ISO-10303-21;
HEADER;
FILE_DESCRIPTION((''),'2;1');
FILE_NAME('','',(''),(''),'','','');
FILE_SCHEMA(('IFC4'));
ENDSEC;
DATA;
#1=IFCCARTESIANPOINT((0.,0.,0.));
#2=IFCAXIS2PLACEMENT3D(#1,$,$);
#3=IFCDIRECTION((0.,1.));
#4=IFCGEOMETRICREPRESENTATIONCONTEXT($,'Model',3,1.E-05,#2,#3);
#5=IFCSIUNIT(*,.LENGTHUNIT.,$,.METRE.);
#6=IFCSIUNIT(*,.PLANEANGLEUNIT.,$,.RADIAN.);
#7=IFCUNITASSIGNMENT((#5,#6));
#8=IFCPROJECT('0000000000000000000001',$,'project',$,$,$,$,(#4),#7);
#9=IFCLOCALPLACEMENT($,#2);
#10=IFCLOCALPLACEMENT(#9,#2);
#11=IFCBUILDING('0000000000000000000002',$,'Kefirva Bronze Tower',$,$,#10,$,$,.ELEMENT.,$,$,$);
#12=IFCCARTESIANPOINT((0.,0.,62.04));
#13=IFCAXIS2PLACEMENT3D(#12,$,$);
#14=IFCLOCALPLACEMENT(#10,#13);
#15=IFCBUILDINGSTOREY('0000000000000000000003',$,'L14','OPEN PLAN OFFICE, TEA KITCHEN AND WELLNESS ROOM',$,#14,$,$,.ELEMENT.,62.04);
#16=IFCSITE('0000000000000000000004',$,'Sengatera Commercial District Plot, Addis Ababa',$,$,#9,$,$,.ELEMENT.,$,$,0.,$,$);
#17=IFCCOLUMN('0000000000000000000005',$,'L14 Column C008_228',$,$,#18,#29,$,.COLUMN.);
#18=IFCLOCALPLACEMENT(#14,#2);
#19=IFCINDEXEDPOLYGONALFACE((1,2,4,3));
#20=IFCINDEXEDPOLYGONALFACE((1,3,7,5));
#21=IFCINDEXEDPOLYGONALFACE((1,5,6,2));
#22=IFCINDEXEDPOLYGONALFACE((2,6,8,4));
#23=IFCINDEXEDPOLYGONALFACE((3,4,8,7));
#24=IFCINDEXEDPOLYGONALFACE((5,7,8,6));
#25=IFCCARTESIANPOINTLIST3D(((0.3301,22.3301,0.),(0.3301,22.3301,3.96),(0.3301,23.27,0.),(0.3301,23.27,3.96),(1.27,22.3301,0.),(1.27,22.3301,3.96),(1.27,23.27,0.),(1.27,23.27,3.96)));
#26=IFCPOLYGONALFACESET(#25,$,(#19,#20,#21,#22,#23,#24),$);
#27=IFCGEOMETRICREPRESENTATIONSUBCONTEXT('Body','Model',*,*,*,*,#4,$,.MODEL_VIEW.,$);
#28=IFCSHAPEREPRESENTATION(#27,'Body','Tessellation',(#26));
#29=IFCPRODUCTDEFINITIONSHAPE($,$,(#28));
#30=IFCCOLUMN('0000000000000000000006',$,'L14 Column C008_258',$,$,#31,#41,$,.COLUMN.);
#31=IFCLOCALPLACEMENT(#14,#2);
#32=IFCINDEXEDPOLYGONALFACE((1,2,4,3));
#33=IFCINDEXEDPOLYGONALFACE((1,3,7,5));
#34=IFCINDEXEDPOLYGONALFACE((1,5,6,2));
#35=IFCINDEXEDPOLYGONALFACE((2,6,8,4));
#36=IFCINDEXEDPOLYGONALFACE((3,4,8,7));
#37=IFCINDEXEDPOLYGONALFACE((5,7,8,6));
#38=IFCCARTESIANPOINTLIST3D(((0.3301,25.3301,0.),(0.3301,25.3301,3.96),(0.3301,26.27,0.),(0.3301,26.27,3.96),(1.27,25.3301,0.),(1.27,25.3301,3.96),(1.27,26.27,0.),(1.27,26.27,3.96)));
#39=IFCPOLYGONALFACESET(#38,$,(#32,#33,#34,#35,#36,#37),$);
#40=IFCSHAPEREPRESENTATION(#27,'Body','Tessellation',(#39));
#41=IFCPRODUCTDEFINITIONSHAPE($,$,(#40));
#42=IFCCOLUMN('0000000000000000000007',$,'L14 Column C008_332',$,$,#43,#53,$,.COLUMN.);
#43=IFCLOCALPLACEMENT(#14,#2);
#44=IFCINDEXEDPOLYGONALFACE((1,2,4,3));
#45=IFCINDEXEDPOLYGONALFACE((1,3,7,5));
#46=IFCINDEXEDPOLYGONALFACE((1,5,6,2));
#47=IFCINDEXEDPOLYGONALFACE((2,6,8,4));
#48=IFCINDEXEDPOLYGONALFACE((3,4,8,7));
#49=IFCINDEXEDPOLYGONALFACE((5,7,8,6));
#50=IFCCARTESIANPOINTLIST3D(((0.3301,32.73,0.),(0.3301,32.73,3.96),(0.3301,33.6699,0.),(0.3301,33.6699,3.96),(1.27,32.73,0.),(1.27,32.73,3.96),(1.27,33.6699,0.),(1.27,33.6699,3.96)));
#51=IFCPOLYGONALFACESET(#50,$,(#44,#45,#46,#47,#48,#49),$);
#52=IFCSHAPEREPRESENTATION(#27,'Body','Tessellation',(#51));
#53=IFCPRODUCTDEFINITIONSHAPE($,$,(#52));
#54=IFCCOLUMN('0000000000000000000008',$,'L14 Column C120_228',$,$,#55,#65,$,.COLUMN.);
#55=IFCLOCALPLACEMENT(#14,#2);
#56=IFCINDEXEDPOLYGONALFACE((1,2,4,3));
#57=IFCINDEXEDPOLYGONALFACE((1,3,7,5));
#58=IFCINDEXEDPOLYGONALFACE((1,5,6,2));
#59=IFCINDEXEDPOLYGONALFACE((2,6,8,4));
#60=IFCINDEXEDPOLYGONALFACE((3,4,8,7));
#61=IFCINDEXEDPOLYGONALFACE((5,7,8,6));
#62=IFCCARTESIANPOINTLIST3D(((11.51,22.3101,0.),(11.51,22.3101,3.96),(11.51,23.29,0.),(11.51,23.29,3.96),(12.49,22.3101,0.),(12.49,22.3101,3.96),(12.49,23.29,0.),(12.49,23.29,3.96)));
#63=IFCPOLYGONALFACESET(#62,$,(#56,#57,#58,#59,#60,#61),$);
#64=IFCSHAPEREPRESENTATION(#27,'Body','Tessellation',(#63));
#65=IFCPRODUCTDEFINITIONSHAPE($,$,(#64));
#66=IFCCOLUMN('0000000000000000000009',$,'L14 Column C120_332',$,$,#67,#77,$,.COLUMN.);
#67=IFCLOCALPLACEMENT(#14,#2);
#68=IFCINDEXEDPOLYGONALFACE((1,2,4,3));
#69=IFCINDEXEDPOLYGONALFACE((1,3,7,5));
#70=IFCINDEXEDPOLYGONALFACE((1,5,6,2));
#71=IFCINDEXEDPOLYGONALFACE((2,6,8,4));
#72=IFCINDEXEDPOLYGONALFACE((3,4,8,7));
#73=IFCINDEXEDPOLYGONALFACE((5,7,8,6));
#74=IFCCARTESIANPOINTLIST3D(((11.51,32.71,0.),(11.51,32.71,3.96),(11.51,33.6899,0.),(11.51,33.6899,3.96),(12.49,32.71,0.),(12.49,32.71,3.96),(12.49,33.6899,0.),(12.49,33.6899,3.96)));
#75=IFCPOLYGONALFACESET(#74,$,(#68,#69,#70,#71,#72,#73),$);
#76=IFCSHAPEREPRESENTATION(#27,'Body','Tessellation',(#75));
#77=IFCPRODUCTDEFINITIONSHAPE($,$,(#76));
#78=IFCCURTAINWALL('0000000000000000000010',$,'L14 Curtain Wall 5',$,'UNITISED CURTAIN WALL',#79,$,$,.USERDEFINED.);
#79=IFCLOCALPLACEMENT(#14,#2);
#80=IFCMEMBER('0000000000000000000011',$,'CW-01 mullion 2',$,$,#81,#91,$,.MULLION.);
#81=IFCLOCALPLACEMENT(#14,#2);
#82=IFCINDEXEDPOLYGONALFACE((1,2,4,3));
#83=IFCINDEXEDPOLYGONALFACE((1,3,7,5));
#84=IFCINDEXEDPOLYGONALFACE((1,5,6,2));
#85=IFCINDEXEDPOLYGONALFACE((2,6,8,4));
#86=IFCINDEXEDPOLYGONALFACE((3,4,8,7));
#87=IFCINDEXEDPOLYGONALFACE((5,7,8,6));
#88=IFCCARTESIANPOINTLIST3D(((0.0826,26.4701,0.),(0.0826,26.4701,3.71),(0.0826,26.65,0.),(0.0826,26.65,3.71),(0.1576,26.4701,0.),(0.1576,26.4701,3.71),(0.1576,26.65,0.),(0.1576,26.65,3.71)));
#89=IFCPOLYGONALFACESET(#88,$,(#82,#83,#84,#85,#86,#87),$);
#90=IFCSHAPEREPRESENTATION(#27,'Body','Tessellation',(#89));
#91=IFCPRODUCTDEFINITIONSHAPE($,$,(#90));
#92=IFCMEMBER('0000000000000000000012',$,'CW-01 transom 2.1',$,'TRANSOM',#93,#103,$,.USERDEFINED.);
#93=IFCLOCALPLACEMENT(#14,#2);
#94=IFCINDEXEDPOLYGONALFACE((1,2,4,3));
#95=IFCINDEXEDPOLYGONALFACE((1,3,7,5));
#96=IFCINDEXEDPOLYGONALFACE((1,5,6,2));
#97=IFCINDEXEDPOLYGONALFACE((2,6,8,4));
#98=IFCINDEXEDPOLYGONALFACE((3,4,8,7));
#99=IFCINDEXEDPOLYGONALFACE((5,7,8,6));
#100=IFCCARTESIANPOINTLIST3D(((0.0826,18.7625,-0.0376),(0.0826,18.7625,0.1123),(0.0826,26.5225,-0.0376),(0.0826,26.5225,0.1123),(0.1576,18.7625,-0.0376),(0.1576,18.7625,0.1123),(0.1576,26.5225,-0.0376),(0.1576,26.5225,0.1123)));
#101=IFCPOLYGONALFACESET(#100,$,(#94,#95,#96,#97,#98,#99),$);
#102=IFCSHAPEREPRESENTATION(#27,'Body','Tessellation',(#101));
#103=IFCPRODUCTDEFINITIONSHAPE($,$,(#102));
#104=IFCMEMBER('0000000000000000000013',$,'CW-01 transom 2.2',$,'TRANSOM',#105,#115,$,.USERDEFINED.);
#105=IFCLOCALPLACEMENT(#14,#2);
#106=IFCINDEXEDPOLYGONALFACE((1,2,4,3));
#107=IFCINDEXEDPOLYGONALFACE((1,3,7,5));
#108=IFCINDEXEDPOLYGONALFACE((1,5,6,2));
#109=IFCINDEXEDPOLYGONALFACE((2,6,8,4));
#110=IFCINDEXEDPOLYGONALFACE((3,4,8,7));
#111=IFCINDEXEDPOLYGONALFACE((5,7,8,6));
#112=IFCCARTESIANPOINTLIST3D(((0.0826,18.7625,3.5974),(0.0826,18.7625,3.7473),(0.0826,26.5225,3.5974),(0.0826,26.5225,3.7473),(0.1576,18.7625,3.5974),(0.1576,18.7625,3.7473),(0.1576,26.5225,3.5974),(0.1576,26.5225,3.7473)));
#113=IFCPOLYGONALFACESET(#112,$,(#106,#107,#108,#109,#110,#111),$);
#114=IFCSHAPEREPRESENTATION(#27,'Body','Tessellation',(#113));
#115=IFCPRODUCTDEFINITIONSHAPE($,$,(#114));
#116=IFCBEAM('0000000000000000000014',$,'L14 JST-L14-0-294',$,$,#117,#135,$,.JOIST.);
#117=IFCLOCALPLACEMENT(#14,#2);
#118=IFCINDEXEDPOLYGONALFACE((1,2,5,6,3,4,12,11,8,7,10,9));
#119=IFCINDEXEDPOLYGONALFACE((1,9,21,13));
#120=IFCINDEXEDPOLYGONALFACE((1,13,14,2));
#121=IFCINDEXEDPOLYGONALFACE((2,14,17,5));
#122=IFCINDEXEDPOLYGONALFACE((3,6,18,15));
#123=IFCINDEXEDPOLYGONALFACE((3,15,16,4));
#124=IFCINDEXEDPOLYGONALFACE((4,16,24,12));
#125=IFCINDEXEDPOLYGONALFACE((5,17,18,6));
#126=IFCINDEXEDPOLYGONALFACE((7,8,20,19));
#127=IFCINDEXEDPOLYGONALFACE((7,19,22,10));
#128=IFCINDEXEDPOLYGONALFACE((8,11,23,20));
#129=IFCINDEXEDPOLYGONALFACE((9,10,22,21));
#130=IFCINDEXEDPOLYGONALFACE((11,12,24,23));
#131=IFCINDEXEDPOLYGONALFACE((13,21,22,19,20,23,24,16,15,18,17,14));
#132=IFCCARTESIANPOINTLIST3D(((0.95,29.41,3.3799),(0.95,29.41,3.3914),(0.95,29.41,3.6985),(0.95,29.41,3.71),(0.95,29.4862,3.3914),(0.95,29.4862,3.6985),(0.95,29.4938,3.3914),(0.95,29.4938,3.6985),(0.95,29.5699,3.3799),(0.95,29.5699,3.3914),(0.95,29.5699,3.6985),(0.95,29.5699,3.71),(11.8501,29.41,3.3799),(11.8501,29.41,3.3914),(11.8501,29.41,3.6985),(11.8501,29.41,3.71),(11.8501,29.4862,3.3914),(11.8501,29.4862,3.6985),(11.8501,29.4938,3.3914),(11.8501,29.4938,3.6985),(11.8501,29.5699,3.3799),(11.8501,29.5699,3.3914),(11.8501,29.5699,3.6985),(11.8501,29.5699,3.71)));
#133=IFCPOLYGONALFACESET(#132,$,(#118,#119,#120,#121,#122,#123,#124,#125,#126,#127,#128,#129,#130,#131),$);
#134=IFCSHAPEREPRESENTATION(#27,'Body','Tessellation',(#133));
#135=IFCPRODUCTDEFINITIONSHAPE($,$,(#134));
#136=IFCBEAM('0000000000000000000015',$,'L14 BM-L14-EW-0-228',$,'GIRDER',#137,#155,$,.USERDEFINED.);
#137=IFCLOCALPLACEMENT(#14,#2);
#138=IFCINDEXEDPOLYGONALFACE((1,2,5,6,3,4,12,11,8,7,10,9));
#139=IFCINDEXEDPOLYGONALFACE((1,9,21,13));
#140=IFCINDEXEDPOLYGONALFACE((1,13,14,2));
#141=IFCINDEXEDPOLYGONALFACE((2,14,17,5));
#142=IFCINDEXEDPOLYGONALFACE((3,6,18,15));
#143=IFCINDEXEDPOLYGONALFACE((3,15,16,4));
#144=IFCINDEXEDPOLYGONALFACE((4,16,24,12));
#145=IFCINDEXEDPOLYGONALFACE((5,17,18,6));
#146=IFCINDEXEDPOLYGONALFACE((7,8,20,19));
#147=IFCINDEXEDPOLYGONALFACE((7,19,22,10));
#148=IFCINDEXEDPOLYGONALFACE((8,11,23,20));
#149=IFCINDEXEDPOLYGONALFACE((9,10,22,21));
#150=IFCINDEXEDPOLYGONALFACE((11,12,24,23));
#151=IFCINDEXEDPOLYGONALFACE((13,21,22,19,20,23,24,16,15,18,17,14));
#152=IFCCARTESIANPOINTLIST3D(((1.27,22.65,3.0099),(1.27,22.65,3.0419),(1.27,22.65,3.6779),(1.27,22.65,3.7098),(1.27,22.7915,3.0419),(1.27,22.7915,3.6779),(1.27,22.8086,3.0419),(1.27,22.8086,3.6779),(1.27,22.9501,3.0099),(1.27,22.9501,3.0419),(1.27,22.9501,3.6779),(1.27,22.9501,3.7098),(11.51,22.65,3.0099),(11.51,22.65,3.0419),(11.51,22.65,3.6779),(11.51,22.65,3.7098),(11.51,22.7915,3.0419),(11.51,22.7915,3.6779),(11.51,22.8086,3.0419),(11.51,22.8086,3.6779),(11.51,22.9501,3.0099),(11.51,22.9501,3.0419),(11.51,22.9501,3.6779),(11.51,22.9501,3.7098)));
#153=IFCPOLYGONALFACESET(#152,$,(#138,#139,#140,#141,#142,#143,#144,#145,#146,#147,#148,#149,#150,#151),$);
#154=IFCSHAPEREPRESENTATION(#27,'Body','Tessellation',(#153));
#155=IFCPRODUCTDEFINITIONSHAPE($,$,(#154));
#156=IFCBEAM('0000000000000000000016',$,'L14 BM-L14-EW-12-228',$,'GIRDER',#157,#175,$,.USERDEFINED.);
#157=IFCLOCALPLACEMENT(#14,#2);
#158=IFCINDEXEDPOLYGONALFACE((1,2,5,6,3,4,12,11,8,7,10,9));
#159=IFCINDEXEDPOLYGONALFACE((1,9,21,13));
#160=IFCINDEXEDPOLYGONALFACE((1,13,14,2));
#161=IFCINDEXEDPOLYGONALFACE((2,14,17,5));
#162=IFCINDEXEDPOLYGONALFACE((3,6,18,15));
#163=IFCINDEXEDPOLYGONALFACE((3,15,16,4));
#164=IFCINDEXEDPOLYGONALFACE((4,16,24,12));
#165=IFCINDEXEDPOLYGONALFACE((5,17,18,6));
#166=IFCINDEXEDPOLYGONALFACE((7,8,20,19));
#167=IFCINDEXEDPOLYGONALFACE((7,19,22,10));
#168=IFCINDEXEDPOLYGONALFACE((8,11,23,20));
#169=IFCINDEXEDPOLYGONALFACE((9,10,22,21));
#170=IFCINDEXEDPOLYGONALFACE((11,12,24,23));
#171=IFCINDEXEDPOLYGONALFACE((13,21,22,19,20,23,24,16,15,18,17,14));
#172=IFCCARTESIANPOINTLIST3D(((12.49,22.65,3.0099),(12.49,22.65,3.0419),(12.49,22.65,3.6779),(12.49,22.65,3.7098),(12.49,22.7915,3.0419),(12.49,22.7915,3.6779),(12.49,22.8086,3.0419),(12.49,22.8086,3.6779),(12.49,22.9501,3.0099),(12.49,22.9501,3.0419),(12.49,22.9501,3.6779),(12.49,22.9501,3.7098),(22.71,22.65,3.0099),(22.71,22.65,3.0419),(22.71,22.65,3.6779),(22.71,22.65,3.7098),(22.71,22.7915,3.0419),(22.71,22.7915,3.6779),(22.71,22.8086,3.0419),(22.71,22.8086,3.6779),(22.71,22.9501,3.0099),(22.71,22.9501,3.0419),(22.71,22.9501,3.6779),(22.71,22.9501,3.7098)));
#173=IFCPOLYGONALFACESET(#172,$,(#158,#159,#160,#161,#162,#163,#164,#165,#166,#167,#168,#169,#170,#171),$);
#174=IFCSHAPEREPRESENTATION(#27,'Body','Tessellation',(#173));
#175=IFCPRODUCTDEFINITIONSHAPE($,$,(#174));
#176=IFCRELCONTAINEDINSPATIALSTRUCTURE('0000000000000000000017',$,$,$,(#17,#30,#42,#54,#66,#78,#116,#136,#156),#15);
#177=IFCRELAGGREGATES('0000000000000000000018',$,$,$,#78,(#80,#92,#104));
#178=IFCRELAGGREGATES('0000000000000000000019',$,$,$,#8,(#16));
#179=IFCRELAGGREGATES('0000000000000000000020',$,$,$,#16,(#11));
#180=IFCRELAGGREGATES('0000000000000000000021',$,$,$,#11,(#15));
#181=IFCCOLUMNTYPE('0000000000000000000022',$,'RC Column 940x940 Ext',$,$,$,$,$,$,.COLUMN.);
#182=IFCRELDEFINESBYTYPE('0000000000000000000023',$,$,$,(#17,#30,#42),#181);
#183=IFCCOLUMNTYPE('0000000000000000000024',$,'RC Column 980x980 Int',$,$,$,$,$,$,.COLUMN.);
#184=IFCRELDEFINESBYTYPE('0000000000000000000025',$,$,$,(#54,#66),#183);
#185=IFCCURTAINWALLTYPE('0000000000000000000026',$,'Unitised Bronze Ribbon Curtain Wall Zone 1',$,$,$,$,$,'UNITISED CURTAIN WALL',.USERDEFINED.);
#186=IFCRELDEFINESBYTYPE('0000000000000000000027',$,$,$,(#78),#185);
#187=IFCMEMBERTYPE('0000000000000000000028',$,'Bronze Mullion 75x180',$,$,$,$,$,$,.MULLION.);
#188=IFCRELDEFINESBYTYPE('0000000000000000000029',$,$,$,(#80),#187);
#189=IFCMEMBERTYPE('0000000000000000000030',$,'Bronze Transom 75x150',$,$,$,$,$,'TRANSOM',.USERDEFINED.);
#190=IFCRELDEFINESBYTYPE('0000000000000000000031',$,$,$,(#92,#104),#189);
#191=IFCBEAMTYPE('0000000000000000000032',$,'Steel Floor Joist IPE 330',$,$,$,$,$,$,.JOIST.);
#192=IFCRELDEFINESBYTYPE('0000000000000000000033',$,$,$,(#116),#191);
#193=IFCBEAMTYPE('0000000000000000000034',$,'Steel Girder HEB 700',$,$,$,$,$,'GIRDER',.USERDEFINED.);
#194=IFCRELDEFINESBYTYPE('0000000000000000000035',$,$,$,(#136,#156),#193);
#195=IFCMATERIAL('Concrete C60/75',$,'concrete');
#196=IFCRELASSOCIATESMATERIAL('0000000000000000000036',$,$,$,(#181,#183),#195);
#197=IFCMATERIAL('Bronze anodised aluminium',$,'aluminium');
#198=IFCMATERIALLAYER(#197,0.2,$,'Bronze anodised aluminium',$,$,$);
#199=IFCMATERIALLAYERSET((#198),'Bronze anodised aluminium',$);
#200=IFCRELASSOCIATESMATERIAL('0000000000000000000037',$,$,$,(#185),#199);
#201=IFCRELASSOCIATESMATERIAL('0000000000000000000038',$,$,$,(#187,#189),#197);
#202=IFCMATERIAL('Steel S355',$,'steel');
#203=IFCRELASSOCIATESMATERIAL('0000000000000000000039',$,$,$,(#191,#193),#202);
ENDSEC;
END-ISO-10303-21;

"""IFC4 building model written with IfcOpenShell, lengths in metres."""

from ifc_helpers import new_model, si_unit, direction, frame, origin, origin_2d, place, context, subcontext, project, spatial, rectangle, i_section, extrude, material, layer, layer_set, material_profile, profile_set, type_object, element, aggregate, save


model = new_model("IFC4")

# Units and contexts
model_context = context("Model", 3, precision=1e-05, world=origin(), true_north=direction((0.0, 1.0)))
body_context = subcontext(model_context, "Body", "Model", "MODEL_VIEW")
ifc_project = project(units=[si_unit("LENGTHUNIT", "METRE"), si_unit("PLANEANGLEUNIT", "RADIAN")], contexts=[model_context])

# Site, building, storey
site_placement = place(None, origin())
site = spatial("IfcSite", under=ifc_project, at=site_placement, Name="Sengatera Commercial District Plot, Addis Ababa", CompositionType="ELEMENT", RefElevation=0.0)
building_placement = place(site_placement, origin())
building = spatial("IfcBuilding", under=site, at=building_placement, Name="Kefirva Bronze Tower", CompositionType="ELEMENT")
storey_placement = place(building_placement, frame((0.0, 0.0, 62.04)))
storey = spatial("IfcBuildingStorey", under=building, at=storey_placement, Name="L14", Description="OPEN PLAN OFFICE, TEA KITCHEN AND WELLNESS ROOM", CompositionType="ELEMENT", Elevation=62.04)

# Columns
ifc_material_1 = material(Name="Concrete C60/75", Category="concrete")
ifc_material_profile_1 = material_profile(ifc_material_1, rectangle(XDim=0.9399, YDim=0.9399, at=origin_2d()), Name="RC 940x940")
ifc_profile_set_1 = profile_set([ifc_material_profile_1], Name="Concrete C60/75")
column_type_1 = type_object("IfcColumnType", Name="RC Column 940x940 Ext", PredefinedType="COLUMN", material=ifc_profile_set_1)
for number, where, z_axis, x_axis, name in (
    (1, (0.8, 22.8, 0.0), (0.0, 0.0, 1.0), (1.0, 0.0, 0.0), "L14 Column C008_228"),
    (2, (0.8, 25.8, 0.0), (0.0, 0.0, 1.0), (1.0, 0.0, 0.0), "L14 Column C008_258"),
    (3, (0.8, 33.2, 0.0), (0.0, 0.0, 1.0), (1.0, 0.0, 0.0), "L14 Column C008_332"),
):
    element("IfcColumn", number, at=place(storey_placement, frame(where, z_axis=z_axis, x_axis=x_axis)), inside=storey, type_object=column_type_1, Name=name, PredefinedType="COLUMN", context=body_context, shape_type="SweptSolid", body=[
        extrude(rectangle(XDim=0.9399, YDim=0.9399, at=origin_2d()), origin(), (0.0, 0.0, 1.0), 3.96),
    ])
ifc_material_profile_2 = material_profile(ifc_material_1, rectangle(XDim=0.98, YDim=0.98, at=origin_2d()), Name="RC 980x980")
ifc_profile_set_2 = profile_set([ifc_material_profile_2], Name="Concrete C60/75")
column_type_2 = type_object("IfcColumnType", Name="RC Column 980x980 Int", PredefinedType="COLUMN", material=ifc_profile_set_2)
for number, where, z_axis, x_axis, name in (
    (4, (12.0, 22.8, 0.0), (0.0, 0.0, 1.0), (1.0, 0.0, 0.0), "L14 Column C120_228"),
    (5, (12.0, 33.2, 0.0), (0.0, 0.0, 1.0), (1.0, 0.0, 0.0), "L14 Column C120_332"),
):
    element("IfcColumn", number, at=place(storey_placement, frame(where, z_axis=z_axis, x_axis=x_axis)), inside=storey, type_object=column_type_2, Name=name, PredefinedType="COLUMN", context=body_context, shape_type="SweptSolid", body=[
        extrude(rectangle(XDim=0.98, YDim=0.98, at=origin_2d()), origin(), (0.0, 0.0, 1.0), 3.96),
    ])

# Curtain wall, members
ifc_material_2 = material(Name="Bronze anodised aluminium", Category="aluminium")
ifc_layer_1 = layer(ifc_material_2, 0.2, Name="Bronze anodised aluminium")
ifc_layer_set_1 = layer_set([ifc_layer_1], Name="Bronze anodised aluminium")
curtain_wall_type = type_object("IfcCurtainWallType", Name="Unitised Bronze Ribbon Curtain Wall Zone 1", ElementType="UNITISED CURTAIN WALL", PredefinedType="USERDEFINED", material=ifc_layer_set_1)
curtain_wall_placement = place(storey_placement, origin())
curtain_wall = element("IfcCurtainWall", 6, at=curtain_wall_placement, inside=storey, type_object=curtain_wall_type, Name="L14 Curtain Wall 5", ObjectType="UNITISED CURTAIN WALL", PredefinedType="USERDEFINED")
ifc_material_profile_3 = material_profile(ifc_material_2, rectangle(XDim=0.075, YDim=0.1799, at=origin_2d()), Name="ALU 75x180")
ifc_profile_set_3 = profile_set([ifc_material_profile_3], Name="Bronze anodised aluminium")
member_type_1 = type_object("IfcMemberType", Name="Bronze Mullion 75x180", PredefinedType="MULLION", material=ifc_profile_set_3)
member_1_placement = place(storey_placement, frame((0.1201, 26.5601, 0.0), z_axis=(0.0, 0.0, 1.0), x_axis=(1.0, 0.0, 0.0)))
member_1 = element("IfcMember", 7, at=member_1_placement, type_object=member_type_1, Name="CW-01 mullion 2", PredefinedType="MULLION", context=body_context, shape_type="SweptSolid", body=[
    extrude(rectangle(XDim=0.075, YDim=0.1799, at=origin_2d()), origin(), (0.0, 0.0, 1.0), 3.71),
])
ifc_material_profile_4 = material_profile(ifc_material_2, rectangle(XDim=0.075, YDim=0.1499, at=origin_2d()), Name="ALU 75x150")
ifc_profile_set_4 = profile_set([ifc_material_profile_4], Name="Bronze anodised aluminium")
member_type_2 = type_object("IfcMemberType", Name="Bronze Transom 75x150", ElementType="TRANSOM", PredefinedType="USERDEFINED", material=ifc_profile_set_4)
member_2_placement = place(storey_placement, frame((0.1201, 26.5225, 0.0374), z_axis=(0.0, -1.0, 0.0), x_axis=(1.0, 0.0, 0.0)))
member_2 = element("IfcMember", 8, at=member_2_placement, type_object=member_type_2, Name="CW-01 transom 2.1", ObjectType="TRANSOM", PredefinedType="USERDEFINED", context=body_context, shape_type="SweptSolid", body=[
    extrude(rectangle(XDim=0.075, YDim=0.1499, at=origin_2d()), origin(), (0.0, 0.0, 1.0), 7.76),
])
member_3_placement = place(storey_placement, frame((0.1201, 26.5225, 3.6724), z_axis=(0.0, -1.0, 0.0), x_axis=(1.0, 0.0, 0.0)))
member_3 = element("IfcMember", 9, at=member_3_placement, type_object=member_type_2, Name="CW-01 transom 2.2", ObjectType="TRANSOM", PredefinedType="USERDEFINED", context=body_context, shape_type="SweptSolid", body=[
    extrude(rectangle(XDim=0.075, YDim=0.1499, at=origin_2d()), origin(), (0.0, 0.0, 1.0), 7.76),
])

# Beams
ifc_material_3 = material(Name="Steel S355", Category="steel")
ifc_material_profile_5 = material_profile(ifc_material_3, i_section(OverallWidth=0.1599, OverallDepth=0.3301, WebThickness=0.0076, FlangeThickness=0.0115, at=origin_2d()), Name="IPE 330")
ifc_profile_set_5 = profile_set([ifc_material_profile_5], Name="Steel S355")
beam_type_1 = type_object("IfcBeamType", Name="Steel Floor Joist IPE 330", PredefinedType="JOIST", material=ifc_profile_set_5)
beam_1_placement = place(storey_placement, frame((0.95, 29.49, 3.5449), z_axis=(1.0, 0.0, 0.0), x_axis=(0.0, 1.0, 0.0)))
element("IfcBeam", 10, at=beam_1_placement, inside=storey, type_object=beam_type_1, Name="L14 JST-L14-0-294", PredefinedType="JOIST", context=body_context, shape_type="SweptSolid", body=[
    extrude(i_section(OverallWidth=0.1599, OverallDepth=0.3301, WebThickness=0.0076, FlangeThickness=0.0115, at=origin_2d()), origin(), (0.0, 0.0, 1.0), 10.9001),
])
ifc_material_profile_6 = material_profile(ifc_material_3, i_section(OverallWidth=0.3, OverallDepth=0.7, WebThickness=0.0171, FlangeThickness=0.032, at=origin_2d()), Name="HEB 700")
ifc_profile_set_6 = profile_set([ifc_material_profile_6], Name="Steel S355")
beam_type_2 = type_object("IfcBeamType", Name="Steel Girder HEB 700", ElementType="GIRDER", PredefinedType="USERDEFINED", material=ifc_profile_set_6)
beam_2_placement = place(storey_placement, frame((1.27, 22.8, 3.3599), z_axis=(1.0, 0.0, 0.0), x_axis=(0.0, 1.0, 0.0)))
element("IfcBeam", 11, at=beam_2_placement, inside=storey, type_object=beam_type_2, Name="L14 BM-L14-EW-0-228", ObjectType="GIRDER", PredefinedType="USERDEFINED", context=body_context, shape_type="SweptSolid", body=[
    extrude(i_section(OverallWidth=0.3, OverallDepth=0.7, WebThickness=0.0171, FlangeThickness=0.032, at=origin_2d()), origin(), (0.0, 0.0, 1.0), 10.24),
])
beam_3_placement = place(storey_placement, frame((12.49, 22.8, 3.3599), z_axis=(1.0, 0.0, 0.0), x_axis=(0.0, 1.0, 0.0)))
element("IfcBeam", 12, at=beam_3_placement, inside=storey, type_object=beam_type_2, Name="L14 BM-L14-EW-12-228", ObjectType="GIRDER", PredefinedType="USERDEFINED", context=body_context, shape_type="SweptSolid", body=[
    extrude(i_section(OverallWidth=0.3, OverallDepth=0.7, WebThickness=0.0171, FlangeThickness=0.032, at=origin_2d()), origin(), (0.0, 0.0, 1.0), 10.22),
])

aggregate(curtain_wall, [member_1, member_2, member_3])

save(model, "model.ifc")
